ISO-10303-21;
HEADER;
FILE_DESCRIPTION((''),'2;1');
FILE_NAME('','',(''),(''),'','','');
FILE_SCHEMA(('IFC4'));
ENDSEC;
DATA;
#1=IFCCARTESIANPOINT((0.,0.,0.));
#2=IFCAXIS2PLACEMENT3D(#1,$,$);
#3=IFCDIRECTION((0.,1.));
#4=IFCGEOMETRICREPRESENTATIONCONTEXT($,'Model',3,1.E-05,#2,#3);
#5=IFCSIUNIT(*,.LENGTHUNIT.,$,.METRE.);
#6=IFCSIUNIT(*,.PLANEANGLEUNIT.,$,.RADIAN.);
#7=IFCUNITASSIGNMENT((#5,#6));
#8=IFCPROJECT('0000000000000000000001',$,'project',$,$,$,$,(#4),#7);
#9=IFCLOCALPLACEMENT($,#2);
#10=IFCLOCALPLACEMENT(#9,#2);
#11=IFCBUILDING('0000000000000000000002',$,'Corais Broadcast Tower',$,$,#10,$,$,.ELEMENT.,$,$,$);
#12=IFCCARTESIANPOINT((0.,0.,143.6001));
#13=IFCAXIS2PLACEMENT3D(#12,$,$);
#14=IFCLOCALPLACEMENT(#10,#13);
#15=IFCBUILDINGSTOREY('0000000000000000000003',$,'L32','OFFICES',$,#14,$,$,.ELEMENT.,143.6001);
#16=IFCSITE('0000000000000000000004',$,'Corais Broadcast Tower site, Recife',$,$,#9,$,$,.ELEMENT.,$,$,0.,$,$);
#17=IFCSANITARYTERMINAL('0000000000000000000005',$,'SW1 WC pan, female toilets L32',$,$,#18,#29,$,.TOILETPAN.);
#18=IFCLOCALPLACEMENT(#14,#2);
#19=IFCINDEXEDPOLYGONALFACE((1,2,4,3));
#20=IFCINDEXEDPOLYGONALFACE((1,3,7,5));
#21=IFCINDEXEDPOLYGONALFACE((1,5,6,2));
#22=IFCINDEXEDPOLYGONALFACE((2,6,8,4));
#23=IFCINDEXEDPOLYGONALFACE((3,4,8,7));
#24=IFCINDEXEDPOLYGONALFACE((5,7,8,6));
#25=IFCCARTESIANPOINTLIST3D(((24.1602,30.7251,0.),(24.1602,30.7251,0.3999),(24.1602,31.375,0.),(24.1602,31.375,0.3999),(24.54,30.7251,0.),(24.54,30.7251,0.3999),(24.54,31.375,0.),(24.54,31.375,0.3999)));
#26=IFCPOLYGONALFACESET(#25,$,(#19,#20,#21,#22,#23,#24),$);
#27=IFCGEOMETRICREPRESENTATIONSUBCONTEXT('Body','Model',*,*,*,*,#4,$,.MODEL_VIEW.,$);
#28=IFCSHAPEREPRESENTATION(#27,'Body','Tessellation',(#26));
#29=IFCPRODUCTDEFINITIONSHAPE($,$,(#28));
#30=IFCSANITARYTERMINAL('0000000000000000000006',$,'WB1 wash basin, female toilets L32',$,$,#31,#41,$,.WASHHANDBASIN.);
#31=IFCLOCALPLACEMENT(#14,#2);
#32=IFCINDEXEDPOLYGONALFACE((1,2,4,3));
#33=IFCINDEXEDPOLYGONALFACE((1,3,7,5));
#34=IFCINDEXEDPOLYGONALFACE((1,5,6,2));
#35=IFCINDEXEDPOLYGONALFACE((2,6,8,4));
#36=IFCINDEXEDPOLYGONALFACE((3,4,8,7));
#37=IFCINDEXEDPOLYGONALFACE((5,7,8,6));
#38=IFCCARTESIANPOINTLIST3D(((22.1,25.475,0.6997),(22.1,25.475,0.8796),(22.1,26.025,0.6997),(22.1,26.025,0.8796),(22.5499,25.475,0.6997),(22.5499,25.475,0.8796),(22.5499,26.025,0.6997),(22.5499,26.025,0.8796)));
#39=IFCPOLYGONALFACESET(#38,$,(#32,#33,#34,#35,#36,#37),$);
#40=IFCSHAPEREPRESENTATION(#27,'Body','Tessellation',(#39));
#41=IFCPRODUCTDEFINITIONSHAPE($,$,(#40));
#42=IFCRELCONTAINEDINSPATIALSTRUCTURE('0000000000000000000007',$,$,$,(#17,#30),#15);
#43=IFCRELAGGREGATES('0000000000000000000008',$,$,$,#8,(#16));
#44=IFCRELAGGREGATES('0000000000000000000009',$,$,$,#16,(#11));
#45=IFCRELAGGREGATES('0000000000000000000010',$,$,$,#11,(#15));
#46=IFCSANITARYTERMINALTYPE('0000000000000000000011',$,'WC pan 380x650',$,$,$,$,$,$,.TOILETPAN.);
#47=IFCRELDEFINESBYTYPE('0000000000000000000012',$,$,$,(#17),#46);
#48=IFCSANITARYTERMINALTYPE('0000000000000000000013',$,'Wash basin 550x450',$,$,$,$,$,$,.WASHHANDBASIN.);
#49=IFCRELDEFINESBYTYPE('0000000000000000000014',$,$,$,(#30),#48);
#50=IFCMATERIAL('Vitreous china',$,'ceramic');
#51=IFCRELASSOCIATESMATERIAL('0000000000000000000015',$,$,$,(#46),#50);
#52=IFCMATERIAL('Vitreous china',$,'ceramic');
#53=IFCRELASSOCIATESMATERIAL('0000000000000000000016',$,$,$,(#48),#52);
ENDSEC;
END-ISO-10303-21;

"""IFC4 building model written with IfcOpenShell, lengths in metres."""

from ifc_helpers import new_model, si_unit, direction, frame, origin, origin_2d, place, context, subcontext, project, spatial, rectangle, extrude, material, type_object, element, save


model = new_model("IFC4")

# Units and contexts
model_context = context("Model", 3, precision=1e-05, world=origin(), true_north=direction((0.0, 1.0)))
body_context = subcontext(model_context, "Body", "Model", "MODEL_VIEW")
ifc_project = project(units=[si_unit("LENGTHUNIT", "METRE"), si_unit("PLANEANGLEUNIT", "RADIAN")], contexts=[model_context])

# Site, building, storey
site_placement = place(None, origin())
site = spatial("IfcSite", under=ifc_project, at=site_placement, Name="Corais Broadcast Tower site, Recife", CompositionType="ELEMENT", RefElevation=0.0)
building_placement = place(site_placement, origin())
building = spatial("IfcBuilding", under=site, at=building_placement, Name="Corais Broadcast Tower", CompositionType="ELEMENT")
storey_placement = place(building_placement, frame((0.0, 0.0, 143.6001)))
storey = spatial("IfcBuildingStorey", under=building, at=storey_placement, Name="L32", Description="OFFICES", CompositionType="ELEMENT", Elevation=143.6001)

# Sanitary terminals
ifc_material_1 = material(Name="Vitreous china", Category="ceramic")
sanitary_terminal_type_1 = type_object("IfcSanitaryTerminalType", Name="WC pan 380x650", PredefinedType="TOILETPAN", material=ifc_material_1)
for number, where, z_axis, x_axis, name in (
    (1, (24.3501, 31.05, 0.0), (0.0, 0.0, 1.0), (1.0, 0.0, 0.0), "SW1 WC pan, female toilets L32"),
):
    element("IfcSanitaryTerminal", number, at=place(storey_placement, frame(where, z_axis=z_axis, x_axis=x_axis)), inside=storey, type_object=sanitary_terminal_type_1, Name=name, PredefinedType="TOILETPAN", context=body_context, shape_type="SweptSolid", body=[
        extrude(rectangle(XDim=0.3799, YDim=0.6499, at=origin_2d()), origin(), (0.0, 0.0, 1.0), 0.3999),
    ])
ifc_material_2 = material(Name="Vitreous china", Category="ceramic")
sanitary_terminal_type_2 = type_object("IfcSanitaryTerminalType", Name="Wash basin 550x450", PredefinedType="WASHHANDBASIN", material=ifc_material_2)
sanitary_terminal_placement = place(storey_placement, frame((22.325, 25.75, 0.6997), z_axis=(0.0, 0.0, 1.0), x_axis=(1.0, 0.0, 0.0)))
element("IfcSanitaryTerminal", 2, at=sanitary_terminal_placement, inside=storey, type_object=sanitary_terminal_type_2, Name="WB1 wash basin, female toilets L32", PredefinedType="WASHHANDBASIN", context=body_context, shape_type="SweptSolid", body=[
    extrude(rectangle(XDim=0.45, YDim=0.55, at=origin_2d()), origin(), (0.0, 0.0, 1.0), 0.1799),
])

save(model, "model.ifc")
